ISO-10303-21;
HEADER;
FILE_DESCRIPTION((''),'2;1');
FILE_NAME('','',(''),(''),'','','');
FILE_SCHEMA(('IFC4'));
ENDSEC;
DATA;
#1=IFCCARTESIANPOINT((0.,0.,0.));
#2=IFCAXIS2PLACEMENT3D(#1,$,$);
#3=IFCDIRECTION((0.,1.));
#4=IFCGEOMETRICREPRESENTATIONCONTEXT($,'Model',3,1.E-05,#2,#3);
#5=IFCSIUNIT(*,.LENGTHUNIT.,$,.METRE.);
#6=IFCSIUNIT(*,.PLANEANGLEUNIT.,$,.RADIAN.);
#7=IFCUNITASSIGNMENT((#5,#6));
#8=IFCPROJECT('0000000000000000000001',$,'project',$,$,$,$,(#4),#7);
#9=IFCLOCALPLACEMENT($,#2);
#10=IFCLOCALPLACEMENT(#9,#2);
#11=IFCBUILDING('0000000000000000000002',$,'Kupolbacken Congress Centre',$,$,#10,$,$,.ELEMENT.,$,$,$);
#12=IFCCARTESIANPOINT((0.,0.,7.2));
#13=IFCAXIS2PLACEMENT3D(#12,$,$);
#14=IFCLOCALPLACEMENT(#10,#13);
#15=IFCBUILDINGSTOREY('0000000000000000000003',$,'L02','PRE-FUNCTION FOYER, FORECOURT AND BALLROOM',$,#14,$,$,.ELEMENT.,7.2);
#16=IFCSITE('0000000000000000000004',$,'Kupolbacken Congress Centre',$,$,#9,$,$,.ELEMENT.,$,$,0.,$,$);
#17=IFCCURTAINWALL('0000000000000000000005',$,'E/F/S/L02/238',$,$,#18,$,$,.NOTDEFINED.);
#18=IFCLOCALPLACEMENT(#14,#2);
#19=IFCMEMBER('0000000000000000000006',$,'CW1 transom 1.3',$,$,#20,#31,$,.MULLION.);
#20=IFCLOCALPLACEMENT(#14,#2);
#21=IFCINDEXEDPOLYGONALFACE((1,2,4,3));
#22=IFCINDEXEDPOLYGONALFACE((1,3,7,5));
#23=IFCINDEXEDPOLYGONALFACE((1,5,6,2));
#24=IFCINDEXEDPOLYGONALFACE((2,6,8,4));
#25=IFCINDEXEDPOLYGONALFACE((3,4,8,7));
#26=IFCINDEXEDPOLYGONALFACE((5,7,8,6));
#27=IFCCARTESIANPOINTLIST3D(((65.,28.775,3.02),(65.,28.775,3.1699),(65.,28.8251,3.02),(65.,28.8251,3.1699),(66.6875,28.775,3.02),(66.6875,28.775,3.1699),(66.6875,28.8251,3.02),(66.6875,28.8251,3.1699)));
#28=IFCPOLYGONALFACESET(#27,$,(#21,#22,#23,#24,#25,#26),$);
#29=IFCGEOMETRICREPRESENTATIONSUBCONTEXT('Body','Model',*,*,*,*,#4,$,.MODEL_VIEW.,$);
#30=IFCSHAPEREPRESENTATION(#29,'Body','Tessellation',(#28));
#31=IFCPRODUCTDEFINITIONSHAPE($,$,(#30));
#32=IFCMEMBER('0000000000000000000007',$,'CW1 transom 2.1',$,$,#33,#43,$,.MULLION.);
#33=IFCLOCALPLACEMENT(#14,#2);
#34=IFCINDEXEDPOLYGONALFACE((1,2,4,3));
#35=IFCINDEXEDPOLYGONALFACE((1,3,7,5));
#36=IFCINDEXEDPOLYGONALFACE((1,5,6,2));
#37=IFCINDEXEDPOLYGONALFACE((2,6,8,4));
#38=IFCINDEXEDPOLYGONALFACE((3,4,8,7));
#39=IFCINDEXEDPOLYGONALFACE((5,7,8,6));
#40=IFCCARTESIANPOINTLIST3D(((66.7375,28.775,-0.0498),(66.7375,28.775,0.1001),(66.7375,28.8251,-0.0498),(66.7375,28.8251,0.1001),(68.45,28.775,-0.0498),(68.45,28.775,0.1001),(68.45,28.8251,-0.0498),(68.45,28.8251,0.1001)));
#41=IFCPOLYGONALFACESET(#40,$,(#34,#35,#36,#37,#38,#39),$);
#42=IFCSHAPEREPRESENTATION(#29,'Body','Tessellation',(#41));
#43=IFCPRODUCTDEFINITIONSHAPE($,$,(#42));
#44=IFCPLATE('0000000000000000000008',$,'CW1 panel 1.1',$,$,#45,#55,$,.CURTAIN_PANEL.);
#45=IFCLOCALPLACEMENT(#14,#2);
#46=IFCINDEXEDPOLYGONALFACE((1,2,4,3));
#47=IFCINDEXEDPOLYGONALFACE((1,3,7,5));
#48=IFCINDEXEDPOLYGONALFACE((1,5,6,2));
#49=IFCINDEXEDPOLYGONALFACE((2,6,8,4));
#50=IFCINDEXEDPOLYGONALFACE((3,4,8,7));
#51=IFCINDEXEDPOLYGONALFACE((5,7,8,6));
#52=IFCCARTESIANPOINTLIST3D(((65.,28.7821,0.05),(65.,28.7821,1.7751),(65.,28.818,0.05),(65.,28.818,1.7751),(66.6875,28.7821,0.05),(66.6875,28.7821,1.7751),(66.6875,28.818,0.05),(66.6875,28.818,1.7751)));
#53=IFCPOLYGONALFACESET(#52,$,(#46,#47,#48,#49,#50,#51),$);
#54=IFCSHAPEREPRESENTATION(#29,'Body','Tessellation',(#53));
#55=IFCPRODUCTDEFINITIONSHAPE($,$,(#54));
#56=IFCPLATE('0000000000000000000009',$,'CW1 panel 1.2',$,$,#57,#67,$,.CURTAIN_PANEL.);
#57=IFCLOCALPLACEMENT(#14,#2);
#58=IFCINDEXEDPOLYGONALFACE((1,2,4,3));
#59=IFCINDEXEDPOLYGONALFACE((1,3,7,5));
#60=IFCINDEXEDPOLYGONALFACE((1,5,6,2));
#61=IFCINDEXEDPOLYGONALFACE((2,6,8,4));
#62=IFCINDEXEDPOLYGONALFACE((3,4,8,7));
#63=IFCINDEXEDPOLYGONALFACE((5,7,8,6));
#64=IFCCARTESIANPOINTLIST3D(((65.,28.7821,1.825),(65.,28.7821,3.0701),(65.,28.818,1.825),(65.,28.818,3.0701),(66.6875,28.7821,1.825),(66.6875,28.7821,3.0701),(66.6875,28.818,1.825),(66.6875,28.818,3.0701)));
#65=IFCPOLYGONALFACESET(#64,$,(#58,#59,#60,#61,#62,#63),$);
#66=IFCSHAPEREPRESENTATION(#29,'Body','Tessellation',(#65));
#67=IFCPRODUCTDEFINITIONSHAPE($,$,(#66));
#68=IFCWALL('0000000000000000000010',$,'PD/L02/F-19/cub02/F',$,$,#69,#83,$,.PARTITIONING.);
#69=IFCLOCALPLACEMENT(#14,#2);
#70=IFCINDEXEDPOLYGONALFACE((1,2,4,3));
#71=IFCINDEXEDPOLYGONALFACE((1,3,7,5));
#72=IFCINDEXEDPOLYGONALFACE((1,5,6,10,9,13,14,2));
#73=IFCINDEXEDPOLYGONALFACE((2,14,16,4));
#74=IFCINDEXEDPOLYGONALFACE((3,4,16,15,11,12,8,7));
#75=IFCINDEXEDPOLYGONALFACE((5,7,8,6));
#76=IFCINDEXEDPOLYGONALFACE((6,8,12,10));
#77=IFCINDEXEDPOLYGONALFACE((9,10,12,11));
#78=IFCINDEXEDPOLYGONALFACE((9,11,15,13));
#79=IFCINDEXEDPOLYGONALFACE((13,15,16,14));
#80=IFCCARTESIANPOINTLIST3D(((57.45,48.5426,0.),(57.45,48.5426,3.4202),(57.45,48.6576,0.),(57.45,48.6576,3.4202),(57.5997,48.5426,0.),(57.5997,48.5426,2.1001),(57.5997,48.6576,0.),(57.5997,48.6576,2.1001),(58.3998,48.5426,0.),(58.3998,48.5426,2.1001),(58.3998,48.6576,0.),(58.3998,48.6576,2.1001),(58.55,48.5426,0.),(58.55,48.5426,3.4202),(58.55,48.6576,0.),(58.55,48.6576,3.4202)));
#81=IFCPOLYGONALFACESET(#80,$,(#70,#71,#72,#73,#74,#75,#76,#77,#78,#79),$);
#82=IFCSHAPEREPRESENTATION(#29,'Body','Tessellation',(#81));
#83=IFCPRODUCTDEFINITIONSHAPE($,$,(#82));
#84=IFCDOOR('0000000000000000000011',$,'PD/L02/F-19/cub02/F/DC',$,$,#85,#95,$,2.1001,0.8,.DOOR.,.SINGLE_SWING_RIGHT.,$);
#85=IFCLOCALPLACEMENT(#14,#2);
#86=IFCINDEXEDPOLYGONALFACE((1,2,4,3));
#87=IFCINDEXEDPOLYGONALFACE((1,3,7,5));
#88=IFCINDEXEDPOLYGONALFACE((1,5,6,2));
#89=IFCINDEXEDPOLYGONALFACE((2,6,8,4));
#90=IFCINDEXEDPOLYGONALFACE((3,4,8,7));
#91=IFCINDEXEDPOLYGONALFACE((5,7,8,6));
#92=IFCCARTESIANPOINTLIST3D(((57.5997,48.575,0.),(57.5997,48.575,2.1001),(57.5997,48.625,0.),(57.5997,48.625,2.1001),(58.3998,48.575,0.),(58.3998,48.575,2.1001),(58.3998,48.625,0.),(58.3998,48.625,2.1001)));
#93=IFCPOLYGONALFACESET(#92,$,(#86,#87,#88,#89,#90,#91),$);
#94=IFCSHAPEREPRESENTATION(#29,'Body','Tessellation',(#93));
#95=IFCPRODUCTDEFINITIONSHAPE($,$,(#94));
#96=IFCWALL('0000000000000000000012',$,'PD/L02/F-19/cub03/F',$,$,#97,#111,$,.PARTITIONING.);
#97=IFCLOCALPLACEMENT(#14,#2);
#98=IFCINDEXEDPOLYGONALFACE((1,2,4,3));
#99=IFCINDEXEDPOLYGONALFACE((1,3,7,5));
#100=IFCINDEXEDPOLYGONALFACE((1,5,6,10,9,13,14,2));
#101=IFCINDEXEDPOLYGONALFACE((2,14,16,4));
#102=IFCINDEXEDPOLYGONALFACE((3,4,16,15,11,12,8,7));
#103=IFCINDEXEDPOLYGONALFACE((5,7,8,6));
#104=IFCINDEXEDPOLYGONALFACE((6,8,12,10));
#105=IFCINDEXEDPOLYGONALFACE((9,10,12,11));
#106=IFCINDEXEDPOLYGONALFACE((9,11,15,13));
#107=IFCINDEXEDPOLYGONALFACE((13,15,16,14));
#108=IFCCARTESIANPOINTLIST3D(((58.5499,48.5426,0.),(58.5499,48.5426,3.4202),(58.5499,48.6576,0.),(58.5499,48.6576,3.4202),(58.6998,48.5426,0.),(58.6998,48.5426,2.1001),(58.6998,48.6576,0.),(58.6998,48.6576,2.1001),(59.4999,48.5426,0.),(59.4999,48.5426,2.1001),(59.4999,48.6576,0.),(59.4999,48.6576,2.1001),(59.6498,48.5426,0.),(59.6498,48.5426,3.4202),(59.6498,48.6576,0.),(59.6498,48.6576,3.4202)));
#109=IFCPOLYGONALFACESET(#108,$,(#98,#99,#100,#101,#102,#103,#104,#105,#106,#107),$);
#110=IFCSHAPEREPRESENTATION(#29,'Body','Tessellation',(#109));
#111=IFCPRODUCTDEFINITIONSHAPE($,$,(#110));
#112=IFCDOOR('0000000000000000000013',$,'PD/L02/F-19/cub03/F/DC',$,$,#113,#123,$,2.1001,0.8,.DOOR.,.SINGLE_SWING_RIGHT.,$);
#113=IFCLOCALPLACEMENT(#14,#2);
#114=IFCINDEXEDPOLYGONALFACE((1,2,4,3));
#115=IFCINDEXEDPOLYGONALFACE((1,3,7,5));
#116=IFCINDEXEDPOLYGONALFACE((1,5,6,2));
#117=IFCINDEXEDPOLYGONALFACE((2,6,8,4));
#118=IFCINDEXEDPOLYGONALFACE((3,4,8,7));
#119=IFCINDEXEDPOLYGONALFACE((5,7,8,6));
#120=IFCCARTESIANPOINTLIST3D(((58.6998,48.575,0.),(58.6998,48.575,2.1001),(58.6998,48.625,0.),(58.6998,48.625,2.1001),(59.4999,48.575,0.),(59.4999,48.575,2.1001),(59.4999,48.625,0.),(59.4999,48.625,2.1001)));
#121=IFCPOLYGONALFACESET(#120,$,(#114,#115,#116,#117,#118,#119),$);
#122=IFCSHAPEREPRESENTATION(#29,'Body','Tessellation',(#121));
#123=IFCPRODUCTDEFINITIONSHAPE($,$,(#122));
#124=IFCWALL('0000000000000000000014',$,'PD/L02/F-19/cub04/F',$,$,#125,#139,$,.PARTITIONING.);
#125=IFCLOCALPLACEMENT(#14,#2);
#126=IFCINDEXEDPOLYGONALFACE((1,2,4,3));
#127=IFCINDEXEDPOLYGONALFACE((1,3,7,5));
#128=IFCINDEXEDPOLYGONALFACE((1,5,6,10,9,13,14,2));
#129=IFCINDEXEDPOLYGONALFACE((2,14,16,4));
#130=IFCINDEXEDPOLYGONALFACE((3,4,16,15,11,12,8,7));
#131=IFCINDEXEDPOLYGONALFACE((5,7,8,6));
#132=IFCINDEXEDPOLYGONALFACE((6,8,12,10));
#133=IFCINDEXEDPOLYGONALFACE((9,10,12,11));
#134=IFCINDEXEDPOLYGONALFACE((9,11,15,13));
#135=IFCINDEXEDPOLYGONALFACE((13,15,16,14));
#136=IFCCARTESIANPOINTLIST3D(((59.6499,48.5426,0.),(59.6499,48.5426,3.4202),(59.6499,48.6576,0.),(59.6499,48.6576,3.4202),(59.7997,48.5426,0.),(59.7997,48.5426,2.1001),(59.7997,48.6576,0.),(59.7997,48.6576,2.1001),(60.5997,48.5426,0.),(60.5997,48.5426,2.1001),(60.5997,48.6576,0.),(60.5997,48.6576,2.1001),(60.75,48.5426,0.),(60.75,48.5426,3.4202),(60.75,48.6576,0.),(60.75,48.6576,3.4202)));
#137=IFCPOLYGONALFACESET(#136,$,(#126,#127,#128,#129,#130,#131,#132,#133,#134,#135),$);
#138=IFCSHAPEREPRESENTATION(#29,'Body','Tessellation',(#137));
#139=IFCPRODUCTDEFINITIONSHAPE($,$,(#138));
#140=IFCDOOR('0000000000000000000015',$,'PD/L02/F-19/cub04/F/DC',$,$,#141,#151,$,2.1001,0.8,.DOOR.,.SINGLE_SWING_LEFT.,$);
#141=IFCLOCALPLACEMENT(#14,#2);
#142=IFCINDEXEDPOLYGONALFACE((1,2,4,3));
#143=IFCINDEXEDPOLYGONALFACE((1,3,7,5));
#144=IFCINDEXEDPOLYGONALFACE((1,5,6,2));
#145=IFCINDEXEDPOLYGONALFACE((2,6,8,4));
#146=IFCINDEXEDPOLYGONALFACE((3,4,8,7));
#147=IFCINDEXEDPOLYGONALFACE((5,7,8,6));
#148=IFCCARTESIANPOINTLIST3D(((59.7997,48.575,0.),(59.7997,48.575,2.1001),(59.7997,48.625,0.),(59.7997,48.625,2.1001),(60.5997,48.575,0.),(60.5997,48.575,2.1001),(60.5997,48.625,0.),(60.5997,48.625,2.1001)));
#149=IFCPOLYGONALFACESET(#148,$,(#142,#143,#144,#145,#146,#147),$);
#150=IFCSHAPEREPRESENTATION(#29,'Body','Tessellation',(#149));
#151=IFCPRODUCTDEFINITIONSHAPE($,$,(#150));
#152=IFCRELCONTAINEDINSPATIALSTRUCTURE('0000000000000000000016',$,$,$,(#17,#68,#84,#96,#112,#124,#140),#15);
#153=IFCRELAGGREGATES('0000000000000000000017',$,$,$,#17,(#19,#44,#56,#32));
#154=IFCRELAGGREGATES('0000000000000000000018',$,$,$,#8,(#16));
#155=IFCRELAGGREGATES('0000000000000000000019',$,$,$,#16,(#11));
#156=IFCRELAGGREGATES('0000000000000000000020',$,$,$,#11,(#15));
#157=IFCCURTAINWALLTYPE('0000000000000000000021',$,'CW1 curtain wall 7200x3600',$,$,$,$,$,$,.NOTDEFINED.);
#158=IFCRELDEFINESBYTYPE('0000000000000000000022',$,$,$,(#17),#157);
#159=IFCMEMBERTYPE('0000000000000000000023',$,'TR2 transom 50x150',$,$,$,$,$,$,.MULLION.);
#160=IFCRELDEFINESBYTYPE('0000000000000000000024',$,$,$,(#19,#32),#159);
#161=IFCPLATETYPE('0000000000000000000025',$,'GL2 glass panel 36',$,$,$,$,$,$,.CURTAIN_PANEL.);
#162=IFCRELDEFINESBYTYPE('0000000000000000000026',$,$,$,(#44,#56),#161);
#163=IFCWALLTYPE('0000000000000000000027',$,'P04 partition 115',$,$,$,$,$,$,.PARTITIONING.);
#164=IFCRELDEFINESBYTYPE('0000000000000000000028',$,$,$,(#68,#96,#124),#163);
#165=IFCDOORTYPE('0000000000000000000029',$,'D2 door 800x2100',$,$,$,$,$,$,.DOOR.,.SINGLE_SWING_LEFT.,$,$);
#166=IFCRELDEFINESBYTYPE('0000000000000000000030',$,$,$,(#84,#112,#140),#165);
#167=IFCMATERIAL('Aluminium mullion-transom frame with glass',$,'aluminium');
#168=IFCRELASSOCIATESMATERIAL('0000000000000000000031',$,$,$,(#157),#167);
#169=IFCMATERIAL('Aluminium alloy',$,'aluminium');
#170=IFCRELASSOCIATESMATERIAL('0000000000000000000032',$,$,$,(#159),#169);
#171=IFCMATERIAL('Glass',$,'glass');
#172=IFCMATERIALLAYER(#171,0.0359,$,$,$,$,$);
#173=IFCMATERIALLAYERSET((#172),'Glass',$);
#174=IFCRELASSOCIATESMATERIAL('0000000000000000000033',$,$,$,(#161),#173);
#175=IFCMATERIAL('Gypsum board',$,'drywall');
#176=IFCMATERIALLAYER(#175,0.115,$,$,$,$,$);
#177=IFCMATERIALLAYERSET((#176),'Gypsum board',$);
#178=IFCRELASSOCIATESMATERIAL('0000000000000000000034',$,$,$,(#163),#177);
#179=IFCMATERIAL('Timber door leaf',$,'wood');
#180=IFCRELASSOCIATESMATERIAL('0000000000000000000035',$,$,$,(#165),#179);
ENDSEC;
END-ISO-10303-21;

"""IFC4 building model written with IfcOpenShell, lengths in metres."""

from ifc_helpers import new_model, si_unit, direction, frame, frame_2d, origin, origin_2d, place, context, subcontext, project, spatial, rectangle, extrude, material, layer, layer_set, material_profile, profile_set, type_object, element, fill, aggregate, save


model = new_model("IFC4")

# Units and contexts
model_context = context("Model", 3, precision=1e-05, world=origin(), true_north=direction((0.0, 1.0)))
body_context = subcontext(model_context, "Body", "Model", "MODEL_VIEW")
ifc_project = project(units=[si_unit("LENGTHUNIT", "METRE"), si_unit("PLANEANGLEUNIT", "RADIAN")], contexts=[model_context])

# Site, building, storey
site_placement = place(None, origin())
site = spatial("IfcSite", under=ifc_project, at=site_placement, Name="Kupolbacken Congress Centre", CompositionType="ELEMENT", RefElevation=0.0)
building_placement = place(site_placement, origin())
building = spatial("IfcBuilding", under=site, at=building_placement, Name="Kupolbacken Congress Centre", CompositionType="ELEMENT")
storey_placement = place(building_placement, frame((0.0, 0.0, 7.2)))
storey = spatial("IfcBuildingStorey", under=building, at=storey_placement, Name="L02", Description="PRE-FUNCTION FOYER, FORECOURT AND BALLROOM", CompositionType="ELEMENT", Elevation=7.2)

# Curtain wall, members, plates
ifc_material_1 = material(Name="Aluminium mullion-transom frame with glass", Category="aluminium")
curtain_wall_type = type_object("IfcCurtainWallType", Name="CW1 curtain wall 7200x3600", PredefinedType="NOTDEFINED", material=ifc_material_1)
curtain_wall_placement = place(storey_placement, origin())
curtain_wall = element("IfcCurtainWall", 1, at=curtain_wall_placement, inside=storey, type_object=curtain_wall_type, Name="E/F/S/L02/238", PredefinedType="NOTDEFINED")
ifc_material_2 = material(Name="Aluminium alloy", Category="aluminium")
ifc_material_profile_1 = material_profile(ifc_material_2, rectangle(XDim=0.05, YDim=0.1499, at=origin_2d()), Name="50 x 150")
ifc_profile_set_1 = profile_set([ifc_material_profile_1], Name="Aluminium alloy")
member_type_1 = type_object("IfcMemberType", Name="TR2 transom 50x150", PredefinedType="MULLION", material=ifc_profile_set_1)
member_1_placement = place(storey_placement, frame((65.0, 28.8, 3.095), z_axis=(1.0, 0.0, 0.0), x_axis=(0.0, 1.0, 0.0)))
member_1 = element("IfcMember", 2, at=member_1_placement, type_object=member_type_1, Name="CW1 transom 1.3", PredefinedType="MULLION", context=body_context, shape_type="SweptSolid", body=[
    extrude(rectangle(XDim=0.05, YDim=0.1499, at=origin_2d()), origin(), (0.0, 0.0, 1.0), 1.6875),
])
member_2_placement = place(storey_placement, frame((66.7375, 28.8, 0.0251), z_axis=(1.0, 0.0, 0.0), x_axis=(0.0, 1.0, 0.0)))
member_2 = element("IfcMember", 3, at=member_2_placement, type_object=member_type_1, Name="CW1 transom 2.1", PredefinedType="MULLION", context=body_context, shape_type="SweptSolid", body=[
    extrude(rectangle(XDim=0.05, YDim=0.1499, at=origin_2d()), origin(), (0.0, 0.0, 1.0), 1.7124),
])
ifc_material_3 = material(Name="Glass", Category="glass")
ifc_layer_1 = layer(ifc_material_3, 0.0359)
ifc_layer_set_1 = layer_set([ifc_layer_1], Name="Glass")
plate_type = type_object("IfcPlateType", Name="GL2 glass panel 36", PredefinedType="CURTAIN_PANEL", material=ifc_layer_set_1)
plate_1_placement = place(storey_placement, frame((65.8438, 28.8, 0.05), z_axis=(0.0, 0.0, 1.0), x_axis=(1.0, 0.0, 0.0)))
plate_1 = element("IfcPlate", 4, at=plate_1_placement, type_object=plate_type, Name="CW1 panel 1.1", PredefinedType="CURTAIN_PANEL", context=body_context, shape_type="SweptSolid", body=[
    extrude(rectangle(XDim=1.6875, YDim=0.0359, at=origin_2d()), origin(), (0.0, 0.0, 1.0), 1.7251),
])
plate_2_placement = place(storey_placement, frame((65.8438, 28.8, 1.825), z_axis=(0.0, 0.0, 1.0), x_axis=(1.0, 0.0, 0.0)))
plate_2 = element("IfcPlate", 5, at=plate_2_placement, type_object=plate_type, Name="CW1 panel 1.2", PredefinedType="CURTAIN_PANEL", context=body_context, shape_type="SweptSolid", body=[
    extrude(rectangle(XDim=1.6875, YDim=0.0359, at=origin_2d()), origin(), (0.0, 0.0, 1.0), 1.2451),
])
aggregate(curtain_wall, [member_1, plate_1, plate_2, member_2])

# Walls, openings, doors
ifc_material_4 = material(Name="Gypsum board", Category="drywall")
ifc_layer_2 = layer(ifc_material_4, 0.115)
ifc_layer_set_2 = layer_set([ifc_layer_2], Name="Gypsum board")
wall_type_1 = type_object("IfcWallType", Name="P04 partition 115", PredefinedType="PARTITIONING", material=ifc_layer_set_2)
wall_1_placement = place(storey_placement, frame((57.45, 48.6001, 0.0), z_axis=(0.0, 0.0, 1.0), x_axis=(1.0, 0.0, 0.0)))
wall_1 = element("IfcWall", 6, at=wall_1_placement, inside=storey, type_object=wall_type_1, Name="PD/L02/F-19/cub02/F", PredefinedType="PARTITIONING", context=body_context, shape_type="SweptSolid", body=[
    extrude(rectangle(XDim=1.1001, YDim=0.115, at=frame_2d((0.55, 0.0))), origin(), (0.0, 0.0, 1.0), 3.4202),
])
opening_1_placement = place(wall_1_placement, frame((0.1499, 0.0, 0.0)))
opening_1 = element("IfcOpeningElement", 7, at=opening_1_placement, cuts=wall_1, PredefinedType="OPENING", context=body_context, shape_type="SweptSolid", body=[
    extrude(rectangle(XDim=0.8, YDim=2.1001, at=frame_2d((0.3999, 1.05))), frame((0.0, 0.0674, 0.0), z_axis=(0.0, -1.0, 0.0), x_axis=(1.0, 0.0, 0.0)), (0.0, 0.0, 1.0), 0.135),
])
ifc_material_5 = material(Name="Timber door leaf", Category="wood")
door_type_1 = type_object("IfcDoorType", Name="D2 door 800x2100", OperationType="SINGLE_SWING_LEFT", PredefinedType="DOOR", material=ifc_material_5)
door_1_placement = place(opening_1_placement, origin())
door_1 = element("IfcDoor", 8, at=door_1_placement, inside=storey, type_object=door_type_1, Name="PD/L02/F-19/cub02/F/DC", OperationType="SINGLE_SWING_RIGHT", OverallHeight=2.1001, OverallWidth=0.8, PredefinedType="DOOR", context=body_context, shape_type="SweptSolid", body=[
    extrude(rectangle(XDim=0.8, YDim=2.1001, at=frame_2d((0.3999, 1.05))), frame((0.0, 0.0249, 0.0), z_axis=(0.0, -1.0, 0.0), x_axis=(1.0, 0.0, 0.0)), (0.0, 0.0, 1.0), 0.05),
])
fill(opening_1, door_1)
wall_2_placement = place(storey_placement, frame((58.55, 48.6001, 0.0), z_axis=(0.0, 0.0, 1.0), x_axis=(1.0, 0.0, 0.0)))
wall_2 = element("IfcWall", 9, at=wall_2_placement, inside=storey, type_object=wall_type_1, Name="PD/L02/F-19/cub03/F", PredefinedType="PARTITIONING", context=body_context, shape_type="SweptSolid", body=[
    extrude(rectangle(XDim=1.0999, YDim=0.115, at=frame_2d((0.5498, 0.0))), origin(), (0.0, 0.0, 1.0), 3.4202),
])
opening_2_placement = place(wall_2_placement, frame((0.1499, 0.0, 0.0)))
opening_2 = element("IfcOpeningElement", 10, at=opening_2_placement, cuts=wall_2, PredefinedType="OPENING", context=body_context, shape_type="SweptSolid", body=[
    extrude(rectangle(XDim=0.8, YDim=2.1001, at=frame_2d((0.3999, 1.05))), frame((0.0, 0.0674, 0.0), z_axis=(0.0, -1.0, 0.0), x_axis=(1.0, 0.0, 0.0)), (0.0, 0.0, 1.0), 0.135),
])
door_2_placement = place(opening_2_placement, origin())
door_2 = element("IfcDoor", 11, at=door_2_placement, inside=storey, type_object=door_type_1, Name="PD/L02/F-19/cub03/F/DC", OperationType="SINGLE_SWING_RIGHT", OverallHeight=2.1001, OverallWidth=0.8, PredefinedType="DOOR", context=body_context, shape_type="SweptSolid", body=[
    extrude(rectangle(XDim=0.8, YDim=2.1001, at=frame_2d((0.3999, 1.05))), frame((0.0, 0.0249, 0.0), z_axis=(0.0, -1.0, 0.0), x_axis=(1.0, 0.0, 0.0)), (0.0, 0.0, 1.0), 0.05),
])
fill(opening_2, door_2)
wall_3_placement = place(storey_placement, frame((59.6499, 48.6001, 0.0), z_axis=(0.0, 0.0, 1.0), x_axis=(1.0, 0.0, 0.0)))
wall_3 = element("IfcWall", 12, at=wall_3_placement, inside=storey, type_object=wall_type_1, Name="PD/L02/F-19/cub04/F", PredefinedType="PARTITIONING", context=body_context, shape_type="SweptSolid", body=[
    extrude(rectangle(XDim=1.1001, YDim=0.115, at=frame_2d((0.55, 0.0))), origin(), (0.0, 0.0, 1.0), 3.4202),
])
opening_3_placement = place(wall_3_placement, frame((0.1499, 0.0, 0.0)))
opening_3 = element("IfcOpeningElement", 13, at=opening_3_placement, cuts=wall_3, PredefinedType="OPENING", context=body_context, shape_type="SweptSolid", body=[
    extrude(rectangle(XDim=0.8, YDim=2.1001, at=frame_2d((0.3999, 1.05))), frame((0.0, 0.0674, 0.0), z_axis=(0.0, -1.0, 0.0), x_axis=(1.0, 0.0, 0.0)), (0.0, 0.0, 1.0), 0.135),
])
door_3_placement = place(opening_3_placement, origin())
door_3 = element("IfcDoor", 14, at=door_3_placement, inside=storey, type_object=door_type_1, Name="PD/L02/F-19/cub04/F/DC", OperationType="SINGLE_SWING_LEFT", OverallHeight=2.1001, OverallWidth=0.8, PredefinedType="DOOR", context=body_context, shape_type="SweptSolid", body=[
    extrude(rectangle(XDim=0.8, YDim=2.1001, at=frame_2d((0.3999, 1.05))), frame((0.0, 0.0249, 0.0), z_axis=(0.0, -1.0, 0.0), x_axis=(1.0, 0.0, 0.0)), (0.0, 0.0, 1.0), 0.05),
])
fill(opening_3, door_3)

save(model, "model.ifc")
